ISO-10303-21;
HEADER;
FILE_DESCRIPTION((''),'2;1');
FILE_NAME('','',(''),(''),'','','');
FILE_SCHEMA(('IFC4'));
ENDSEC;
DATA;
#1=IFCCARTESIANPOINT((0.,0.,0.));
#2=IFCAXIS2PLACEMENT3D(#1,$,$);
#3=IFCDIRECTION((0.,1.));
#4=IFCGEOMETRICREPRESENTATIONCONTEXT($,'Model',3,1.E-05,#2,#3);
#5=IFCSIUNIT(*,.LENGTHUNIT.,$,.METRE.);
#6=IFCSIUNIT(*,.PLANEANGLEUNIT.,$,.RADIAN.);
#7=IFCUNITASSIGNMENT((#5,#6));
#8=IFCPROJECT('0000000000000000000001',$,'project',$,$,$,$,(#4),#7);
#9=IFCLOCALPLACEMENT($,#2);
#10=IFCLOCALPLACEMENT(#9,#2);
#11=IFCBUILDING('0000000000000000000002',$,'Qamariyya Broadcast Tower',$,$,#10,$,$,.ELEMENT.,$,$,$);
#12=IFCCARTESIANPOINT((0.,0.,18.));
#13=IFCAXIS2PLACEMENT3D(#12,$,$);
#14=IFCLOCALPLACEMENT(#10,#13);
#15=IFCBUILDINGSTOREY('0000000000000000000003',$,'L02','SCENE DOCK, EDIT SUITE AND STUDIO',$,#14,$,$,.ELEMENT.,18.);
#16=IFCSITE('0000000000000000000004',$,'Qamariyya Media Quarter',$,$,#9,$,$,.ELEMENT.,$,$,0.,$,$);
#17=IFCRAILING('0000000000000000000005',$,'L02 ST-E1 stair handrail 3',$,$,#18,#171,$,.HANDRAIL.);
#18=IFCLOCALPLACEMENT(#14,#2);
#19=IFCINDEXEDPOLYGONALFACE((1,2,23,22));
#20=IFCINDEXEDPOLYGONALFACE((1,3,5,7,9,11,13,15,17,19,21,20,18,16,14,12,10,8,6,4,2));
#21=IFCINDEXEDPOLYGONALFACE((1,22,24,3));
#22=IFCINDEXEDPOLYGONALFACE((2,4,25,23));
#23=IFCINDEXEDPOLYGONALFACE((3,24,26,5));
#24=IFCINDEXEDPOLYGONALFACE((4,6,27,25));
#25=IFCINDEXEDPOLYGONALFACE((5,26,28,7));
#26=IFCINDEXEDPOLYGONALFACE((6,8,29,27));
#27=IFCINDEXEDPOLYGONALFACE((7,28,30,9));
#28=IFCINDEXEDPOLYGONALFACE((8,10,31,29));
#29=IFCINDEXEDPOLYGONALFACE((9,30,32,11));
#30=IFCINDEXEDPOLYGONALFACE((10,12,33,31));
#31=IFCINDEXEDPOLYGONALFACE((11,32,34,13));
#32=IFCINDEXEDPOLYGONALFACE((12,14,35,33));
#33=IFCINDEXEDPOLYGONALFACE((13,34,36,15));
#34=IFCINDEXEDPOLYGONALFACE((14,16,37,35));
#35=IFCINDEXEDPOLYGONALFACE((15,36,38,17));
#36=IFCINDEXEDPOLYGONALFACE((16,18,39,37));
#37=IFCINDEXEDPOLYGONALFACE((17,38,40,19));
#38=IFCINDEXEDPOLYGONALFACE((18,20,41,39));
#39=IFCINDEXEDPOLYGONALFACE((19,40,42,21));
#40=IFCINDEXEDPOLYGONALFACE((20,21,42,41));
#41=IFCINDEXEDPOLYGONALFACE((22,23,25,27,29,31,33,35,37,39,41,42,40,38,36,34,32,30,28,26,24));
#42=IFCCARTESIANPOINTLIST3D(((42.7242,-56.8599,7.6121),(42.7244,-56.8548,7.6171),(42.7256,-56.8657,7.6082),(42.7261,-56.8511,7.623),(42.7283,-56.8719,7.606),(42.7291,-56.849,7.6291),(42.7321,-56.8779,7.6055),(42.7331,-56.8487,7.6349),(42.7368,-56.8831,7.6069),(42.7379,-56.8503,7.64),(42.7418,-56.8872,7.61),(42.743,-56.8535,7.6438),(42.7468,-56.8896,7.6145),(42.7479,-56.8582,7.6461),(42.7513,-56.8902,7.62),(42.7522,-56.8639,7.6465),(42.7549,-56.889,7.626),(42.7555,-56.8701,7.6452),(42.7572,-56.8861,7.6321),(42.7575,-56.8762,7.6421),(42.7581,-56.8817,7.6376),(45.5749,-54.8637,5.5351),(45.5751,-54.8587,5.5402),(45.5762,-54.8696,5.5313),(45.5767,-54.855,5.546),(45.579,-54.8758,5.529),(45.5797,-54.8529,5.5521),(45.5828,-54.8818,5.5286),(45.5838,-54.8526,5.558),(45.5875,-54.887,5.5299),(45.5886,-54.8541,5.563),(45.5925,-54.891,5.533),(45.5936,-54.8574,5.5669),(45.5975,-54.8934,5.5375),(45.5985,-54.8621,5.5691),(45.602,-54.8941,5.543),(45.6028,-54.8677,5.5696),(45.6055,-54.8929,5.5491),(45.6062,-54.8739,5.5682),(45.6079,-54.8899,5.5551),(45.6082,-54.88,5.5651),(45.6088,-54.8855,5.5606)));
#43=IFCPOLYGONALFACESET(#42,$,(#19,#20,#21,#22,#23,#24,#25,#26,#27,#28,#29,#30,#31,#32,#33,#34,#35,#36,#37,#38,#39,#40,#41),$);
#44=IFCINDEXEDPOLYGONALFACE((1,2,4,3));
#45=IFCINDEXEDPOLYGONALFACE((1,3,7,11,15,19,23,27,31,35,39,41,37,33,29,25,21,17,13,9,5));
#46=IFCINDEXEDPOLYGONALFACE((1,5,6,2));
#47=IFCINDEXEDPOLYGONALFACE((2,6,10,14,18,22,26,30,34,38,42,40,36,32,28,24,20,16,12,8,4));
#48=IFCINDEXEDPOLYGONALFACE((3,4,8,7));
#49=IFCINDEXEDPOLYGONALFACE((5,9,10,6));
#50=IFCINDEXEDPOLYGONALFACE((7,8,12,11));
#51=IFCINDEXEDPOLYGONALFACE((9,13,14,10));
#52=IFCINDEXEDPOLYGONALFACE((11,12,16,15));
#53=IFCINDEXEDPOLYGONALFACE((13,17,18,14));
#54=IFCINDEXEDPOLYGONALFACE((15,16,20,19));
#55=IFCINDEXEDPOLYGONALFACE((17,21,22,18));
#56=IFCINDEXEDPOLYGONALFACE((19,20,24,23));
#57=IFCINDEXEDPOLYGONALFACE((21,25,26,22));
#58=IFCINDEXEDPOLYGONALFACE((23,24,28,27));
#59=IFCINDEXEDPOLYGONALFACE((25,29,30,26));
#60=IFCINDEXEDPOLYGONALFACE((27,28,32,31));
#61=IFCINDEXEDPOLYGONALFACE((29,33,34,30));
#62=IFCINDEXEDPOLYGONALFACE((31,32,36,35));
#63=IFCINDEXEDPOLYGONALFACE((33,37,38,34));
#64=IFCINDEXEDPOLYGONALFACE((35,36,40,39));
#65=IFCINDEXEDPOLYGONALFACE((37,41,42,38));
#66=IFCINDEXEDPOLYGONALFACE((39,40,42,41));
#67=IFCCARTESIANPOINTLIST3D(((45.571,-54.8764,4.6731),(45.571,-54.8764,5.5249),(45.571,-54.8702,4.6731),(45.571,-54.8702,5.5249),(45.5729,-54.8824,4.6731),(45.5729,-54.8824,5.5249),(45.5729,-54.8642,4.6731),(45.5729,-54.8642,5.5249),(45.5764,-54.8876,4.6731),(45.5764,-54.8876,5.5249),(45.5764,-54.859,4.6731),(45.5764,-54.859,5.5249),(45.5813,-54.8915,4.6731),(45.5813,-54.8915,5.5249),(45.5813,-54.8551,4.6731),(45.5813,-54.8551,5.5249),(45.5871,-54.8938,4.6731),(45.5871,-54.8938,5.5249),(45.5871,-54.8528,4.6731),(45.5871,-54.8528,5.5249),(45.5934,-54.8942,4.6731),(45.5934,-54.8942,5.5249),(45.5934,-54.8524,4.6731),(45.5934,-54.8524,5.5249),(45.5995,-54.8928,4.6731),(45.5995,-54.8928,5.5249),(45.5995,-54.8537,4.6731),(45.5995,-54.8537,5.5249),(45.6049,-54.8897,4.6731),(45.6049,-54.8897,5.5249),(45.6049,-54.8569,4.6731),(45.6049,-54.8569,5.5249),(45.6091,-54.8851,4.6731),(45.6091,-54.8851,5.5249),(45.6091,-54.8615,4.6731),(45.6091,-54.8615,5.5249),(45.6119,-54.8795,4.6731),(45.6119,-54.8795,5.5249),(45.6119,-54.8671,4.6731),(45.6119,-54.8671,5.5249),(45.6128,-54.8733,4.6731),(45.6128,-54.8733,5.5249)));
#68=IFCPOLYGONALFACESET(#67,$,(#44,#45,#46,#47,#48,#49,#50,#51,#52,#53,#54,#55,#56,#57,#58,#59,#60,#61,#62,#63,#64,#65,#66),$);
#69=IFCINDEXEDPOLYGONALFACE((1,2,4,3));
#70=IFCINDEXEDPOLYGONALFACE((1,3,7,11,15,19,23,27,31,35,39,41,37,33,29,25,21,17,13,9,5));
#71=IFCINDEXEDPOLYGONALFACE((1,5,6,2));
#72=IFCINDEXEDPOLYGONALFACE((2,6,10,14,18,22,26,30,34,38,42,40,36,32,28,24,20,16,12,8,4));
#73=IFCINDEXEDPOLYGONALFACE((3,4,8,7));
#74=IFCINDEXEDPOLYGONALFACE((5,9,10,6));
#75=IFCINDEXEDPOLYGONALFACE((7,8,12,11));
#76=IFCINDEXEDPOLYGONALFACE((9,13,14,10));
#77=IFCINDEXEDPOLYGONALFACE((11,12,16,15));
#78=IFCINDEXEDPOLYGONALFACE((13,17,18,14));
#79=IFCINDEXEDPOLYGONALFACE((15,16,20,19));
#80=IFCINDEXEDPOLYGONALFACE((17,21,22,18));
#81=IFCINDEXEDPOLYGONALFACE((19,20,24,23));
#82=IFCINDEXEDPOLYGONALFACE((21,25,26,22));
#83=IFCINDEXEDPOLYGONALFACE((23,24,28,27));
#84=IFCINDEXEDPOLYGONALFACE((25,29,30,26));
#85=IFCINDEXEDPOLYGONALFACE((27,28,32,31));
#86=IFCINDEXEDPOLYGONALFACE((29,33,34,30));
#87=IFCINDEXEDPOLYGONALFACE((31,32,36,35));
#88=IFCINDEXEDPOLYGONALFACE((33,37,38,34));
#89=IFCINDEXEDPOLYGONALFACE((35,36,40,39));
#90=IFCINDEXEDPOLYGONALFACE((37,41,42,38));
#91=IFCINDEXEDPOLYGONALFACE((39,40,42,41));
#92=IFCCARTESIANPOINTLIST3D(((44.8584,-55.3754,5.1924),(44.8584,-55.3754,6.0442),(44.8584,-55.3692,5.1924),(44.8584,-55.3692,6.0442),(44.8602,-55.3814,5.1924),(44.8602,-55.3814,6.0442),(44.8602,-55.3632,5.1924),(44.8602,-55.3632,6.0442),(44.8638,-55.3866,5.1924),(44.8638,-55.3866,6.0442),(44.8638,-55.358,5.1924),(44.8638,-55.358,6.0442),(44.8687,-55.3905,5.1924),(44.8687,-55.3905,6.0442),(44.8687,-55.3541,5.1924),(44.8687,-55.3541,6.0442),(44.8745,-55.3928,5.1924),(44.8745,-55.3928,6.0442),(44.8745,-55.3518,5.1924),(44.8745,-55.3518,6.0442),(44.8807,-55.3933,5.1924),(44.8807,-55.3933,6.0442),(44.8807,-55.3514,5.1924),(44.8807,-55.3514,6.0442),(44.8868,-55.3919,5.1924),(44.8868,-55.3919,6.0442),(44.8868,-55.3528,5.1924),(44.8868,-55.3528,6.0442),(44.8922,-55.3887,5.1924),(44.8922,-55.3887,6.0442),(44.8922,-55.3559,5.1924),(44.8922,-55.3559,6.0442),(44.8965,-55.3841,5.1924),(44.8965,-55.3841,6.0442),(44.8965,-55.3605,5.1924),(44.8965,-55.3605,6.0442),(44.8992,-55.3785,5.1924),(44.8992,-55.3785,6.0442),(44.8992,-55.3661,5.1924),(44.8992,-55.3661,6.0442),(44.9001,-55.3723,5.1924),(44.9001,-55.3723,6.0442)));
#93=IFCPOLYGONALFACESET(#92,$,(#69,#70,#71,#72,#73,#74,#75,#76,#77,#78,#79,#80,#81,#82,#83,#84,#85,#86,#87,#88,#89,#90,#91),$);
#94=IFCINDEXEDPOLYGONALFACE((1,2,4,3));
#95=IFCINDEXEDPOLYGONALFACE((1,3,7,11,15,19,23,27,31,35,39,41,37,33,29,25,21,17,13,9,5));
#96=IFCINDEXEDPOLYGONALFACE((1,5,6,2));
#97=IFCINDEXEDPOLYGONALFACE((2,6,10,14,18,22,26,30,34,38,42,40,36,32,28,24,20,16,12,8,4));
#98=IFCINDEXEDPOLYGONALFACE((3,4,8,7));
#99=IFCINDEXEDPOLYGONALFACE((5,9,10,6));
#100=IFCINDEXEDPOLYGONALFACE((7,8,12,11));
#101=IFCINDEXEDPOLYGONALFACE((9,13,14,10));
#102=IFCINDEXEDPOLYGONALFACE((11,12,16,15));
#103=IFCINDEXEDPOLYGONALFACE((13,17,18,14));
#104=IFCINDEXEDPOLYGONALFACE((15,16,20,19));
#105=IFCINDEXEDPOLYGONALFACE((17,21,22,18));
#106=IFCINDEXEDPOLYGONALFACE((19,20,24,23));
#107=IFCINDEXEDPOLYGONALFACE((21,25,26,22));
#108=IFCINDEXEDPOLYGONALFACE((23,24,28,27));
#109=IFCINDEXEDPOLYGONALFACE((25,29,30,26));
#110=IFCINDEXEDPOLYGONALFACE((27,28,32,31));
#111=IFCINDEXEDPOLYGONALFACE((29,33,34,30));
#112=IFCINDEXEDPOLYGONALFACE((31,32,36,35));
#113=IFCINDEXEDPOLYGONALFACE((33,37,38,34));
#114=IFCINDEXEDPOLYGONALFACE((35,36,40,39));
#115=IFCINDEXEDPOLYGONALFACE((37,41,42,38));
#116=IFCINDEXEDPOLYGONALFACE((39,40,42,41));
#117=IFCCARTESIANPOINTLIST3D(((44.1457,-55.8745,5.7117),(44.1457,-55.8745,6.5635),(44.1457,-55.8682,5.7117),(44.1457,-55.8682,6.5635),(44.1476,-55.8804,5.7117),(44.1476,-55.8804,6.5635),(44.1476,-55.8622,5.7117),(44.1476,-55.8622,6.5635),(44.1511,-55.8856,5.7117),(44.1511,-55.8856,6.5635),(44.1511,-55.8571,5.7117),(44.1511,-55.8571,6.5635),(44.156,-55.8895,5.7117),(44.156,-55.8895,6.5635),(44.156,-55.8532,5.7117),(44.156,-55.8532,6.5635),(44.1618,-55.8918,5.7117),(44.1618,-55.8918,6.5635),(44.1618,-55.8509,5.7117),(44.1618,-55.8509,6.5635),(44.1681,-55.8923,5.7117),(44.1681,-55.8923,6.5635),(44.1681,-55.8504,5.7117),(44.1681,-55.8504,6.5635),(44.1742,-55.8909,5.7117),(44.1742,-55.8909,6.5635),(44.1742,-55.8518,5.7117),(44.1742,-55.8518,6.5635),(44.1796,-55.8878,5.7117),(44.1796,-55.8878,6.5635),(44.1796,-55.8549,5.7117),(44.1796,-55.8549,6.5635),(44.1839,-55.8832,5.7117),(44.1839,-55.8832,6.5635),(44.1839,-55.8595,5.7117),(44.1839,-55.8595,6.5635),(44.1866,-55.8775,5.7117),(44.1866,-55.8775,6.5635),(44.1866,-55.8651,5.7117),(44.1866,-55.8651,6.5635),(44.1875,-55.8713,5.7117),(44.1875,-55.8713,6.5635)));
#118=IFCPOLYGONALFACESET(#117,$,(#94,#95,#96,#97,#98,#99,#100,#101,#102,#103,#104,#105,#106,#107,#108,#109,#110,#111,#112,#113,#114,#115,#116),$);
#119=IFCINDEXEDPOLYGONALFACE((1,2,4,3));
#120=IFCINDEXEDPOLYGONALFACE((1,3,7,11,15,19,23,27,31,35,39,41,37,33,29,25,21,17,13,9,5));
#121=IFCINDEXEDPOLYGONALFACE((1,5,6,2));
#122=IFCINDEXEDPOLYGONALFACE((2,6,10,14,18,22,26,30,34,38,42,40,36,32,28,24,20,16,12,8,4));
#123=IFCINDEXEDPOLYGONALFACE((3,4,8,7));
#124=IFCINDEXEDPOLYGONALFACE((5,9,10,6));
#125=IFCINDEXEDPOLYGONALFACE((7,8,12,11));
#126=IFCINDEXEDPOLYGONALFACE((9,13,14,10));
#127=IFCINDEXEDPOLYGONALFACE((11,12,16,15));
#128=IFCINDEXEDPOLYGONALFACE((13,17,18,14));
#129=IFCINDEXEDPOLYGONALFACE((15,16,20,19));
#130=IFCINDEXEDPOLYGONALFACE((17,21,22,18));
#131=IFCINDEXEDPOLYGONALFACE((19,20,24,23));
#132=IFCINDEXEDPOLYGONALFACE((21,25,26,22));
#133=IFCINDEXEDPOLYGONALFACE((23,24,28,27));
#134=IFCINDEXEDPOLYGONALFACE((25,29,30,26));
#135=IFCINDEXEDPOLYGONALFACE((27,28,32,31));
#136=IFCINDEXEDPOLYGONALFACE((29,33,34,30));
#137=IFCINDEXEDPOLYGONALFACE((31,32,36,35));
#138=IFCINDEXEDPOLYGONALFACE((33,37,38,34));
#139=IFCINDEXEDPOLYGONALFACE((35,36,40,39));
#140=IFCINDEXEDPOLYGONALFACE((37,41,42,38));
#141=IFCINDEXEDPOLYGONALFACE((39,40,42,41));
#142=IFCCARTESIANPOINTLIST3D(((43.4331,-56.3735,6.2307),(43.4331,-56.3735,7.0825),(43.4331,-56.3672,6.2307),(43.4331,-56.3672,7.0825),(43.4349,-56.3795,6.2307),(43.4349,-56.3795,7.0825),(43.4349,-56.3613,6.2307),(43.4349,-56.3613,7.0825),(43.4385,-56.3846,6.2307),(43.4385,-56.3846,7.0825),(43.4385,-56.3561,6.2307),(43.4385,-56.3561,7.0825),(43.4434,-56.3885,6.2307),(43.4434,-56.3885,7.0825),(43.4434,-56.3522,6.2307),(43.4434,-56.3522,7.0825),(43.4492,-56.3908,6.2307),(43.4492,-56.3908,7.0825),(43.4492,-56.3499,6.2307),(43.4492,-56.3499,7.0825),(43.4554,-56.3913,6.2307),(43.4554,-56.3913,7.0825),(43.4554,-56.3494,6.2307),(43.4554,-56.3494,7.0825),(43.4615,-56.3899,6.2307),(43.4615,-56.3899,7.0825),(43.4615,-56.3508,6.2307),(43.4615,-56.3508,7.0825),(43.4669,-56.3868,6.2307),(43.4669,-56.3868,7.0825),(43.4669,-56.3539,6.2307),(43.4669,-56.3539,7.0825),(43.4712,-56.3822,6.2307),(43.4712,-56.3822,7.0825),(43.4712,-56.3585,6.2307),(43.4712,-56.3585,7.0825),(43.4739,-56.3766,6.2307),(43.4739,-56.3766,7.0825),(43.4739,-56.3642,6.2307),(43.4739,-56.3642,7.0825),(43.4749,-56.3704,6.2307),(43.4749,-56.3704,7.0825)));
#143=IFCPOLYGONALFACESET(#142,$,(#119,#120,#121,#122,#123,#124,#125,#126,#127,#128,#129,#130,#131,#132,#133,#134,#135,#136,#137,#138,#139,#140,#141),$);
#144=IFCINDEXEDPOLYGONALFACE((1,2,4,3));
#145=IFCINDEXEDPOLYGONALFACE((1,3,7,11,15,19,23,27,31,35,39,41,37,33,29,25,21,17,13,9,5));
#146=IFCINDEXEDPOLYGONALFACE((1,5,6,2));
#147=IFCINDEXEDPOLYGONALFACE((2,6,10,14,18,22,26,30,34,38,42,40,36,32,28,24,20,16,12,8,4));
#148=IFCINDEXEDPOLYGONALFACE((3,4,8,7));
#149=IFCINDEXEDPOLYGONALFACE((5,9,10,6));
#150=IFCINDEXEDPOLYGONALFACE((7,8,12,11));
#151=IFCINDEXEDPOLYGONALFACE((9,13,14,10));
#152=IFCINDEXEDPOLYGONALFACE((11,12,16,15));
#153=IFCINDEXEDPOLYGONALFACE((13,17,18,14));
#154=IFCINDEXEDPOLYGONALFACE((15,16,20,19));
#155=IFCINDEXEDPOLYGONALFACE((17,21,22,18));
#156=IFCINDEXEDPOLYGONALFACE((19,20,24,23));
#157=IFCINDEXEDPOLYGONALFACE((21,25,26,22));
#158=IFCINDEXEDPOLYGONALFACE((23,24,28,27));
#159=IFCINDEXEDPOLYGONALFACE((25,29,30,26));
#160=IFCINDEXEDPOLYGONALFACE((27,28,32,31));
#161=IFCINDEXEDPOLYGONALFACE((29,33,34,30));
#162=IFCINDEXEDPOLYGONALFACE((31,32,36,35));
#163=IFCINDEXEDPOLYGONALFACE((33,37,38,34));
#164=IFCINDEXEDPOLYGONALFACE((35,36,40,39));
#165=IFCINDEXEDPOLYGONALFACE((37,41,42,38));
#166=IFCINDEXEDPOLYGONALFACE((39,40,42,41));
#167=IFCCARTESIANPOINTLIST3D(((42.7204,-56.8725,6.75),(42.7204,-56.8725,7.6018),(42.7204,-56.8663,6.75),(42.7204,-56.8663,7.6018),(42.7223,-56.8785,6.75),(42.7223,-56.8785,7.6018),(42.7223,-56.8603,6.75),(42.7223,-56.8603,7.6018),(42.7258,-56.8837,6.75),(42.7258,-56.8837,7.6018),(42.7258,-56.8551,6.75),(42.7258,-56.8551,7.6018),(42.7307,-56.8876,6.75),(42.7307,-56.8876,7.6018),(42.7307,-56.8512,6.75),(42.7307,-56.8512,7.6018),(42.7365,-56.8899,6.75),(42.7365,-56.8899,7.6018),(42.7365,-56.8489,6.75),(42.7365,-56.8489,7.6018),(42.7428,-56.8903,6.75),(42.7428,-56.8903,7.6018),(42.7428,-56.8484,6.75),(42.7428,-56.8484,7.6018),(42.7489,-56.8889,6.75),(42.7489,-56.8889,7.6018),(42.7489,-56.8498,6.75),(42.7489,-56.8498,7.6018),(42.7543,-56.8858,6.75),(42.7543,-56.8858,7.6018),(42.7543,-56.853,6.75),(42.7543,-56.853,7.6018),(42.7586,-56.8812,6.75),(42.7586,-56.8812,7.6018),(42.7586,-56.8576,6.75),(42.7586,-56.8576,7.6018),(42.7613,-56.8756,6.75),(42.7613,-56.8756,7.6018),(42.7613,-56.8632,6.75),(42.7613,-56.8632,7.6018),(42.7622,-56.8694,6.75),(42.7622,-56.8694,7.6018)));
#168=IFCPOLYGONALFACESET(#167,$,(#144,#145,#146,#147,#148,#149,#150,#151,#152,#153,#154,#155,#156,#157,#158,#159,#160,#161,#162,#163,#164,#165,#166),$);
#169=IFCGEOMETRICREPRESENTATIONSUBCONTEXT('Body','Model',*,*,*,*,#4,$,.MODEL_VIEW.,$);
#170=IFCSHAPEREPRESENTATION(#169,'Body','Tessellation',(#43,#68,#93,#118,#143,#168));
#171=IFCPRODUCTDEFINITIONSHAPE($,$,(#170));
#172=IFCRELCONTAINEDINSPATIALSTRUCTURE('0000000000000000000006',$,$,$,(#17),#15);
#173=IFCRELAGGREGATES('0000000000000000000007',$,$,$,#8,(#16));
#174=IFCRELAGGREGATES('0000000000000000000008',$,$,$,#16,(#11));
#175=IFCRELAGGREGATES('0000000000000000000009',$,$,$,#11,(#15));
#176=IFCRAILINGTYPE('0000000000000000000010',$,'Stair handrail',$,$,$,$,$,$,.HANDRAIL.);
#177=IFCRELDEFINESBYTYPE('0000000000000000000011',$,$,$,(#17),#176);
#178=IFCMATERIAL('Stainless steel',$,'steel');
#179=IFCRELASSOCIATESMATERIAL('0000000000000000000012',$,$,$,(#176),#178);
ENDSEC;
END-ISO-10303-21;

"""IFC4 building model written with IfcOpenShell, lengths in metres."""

from ifc_helpers import new_model, si_unit, direction, frame, origin, origin_2d, place, context, subcontext, project, spatial, circle, extrude, material, type_object, element, save


model = new_model("IFC4")

# Units and contexts
model_context = context("Model", 3, precision=1e-05, world=origin(), true_north=direction((0.0, 1.0)))
body_context = subcontext(model_context, "Body", "Model", "MODEL_VIEW")
ifc_project = project(units=[si_unit("LENGTHUNIT", "METRE"), si_unit("PLANEANGLEUNIT", "RADIAN")], contexts=[model_context])

# Site, building, storey
site_placement = place(None, origin())
site = spatial("IfcSite", under=ifc_project, at=site_placement, Name="Qamariyya Media Quarter", CompositionType="ELEMENT", RefElevation=0.0)
building_placement = place(site_placement, origin())
building = spatial("IfcBuilding", under=site, at=building_placement, Name="Qamariyya Broadcast Tower", CompositionType="ELEMENT")
storey_placement = place(building_placement, frame((0.0, 0.0, 18.0)))
storey = spatial("IfcBuildingStorey", under=building, at=storey_placement, Name="L02", Description="SCENE DOCK, EDIT SUITE AND STUDIO", CompositionType="ELEMENT", Elevation=18.0)

# Railing
ifc_material_1 = material(Name="Stainless steel", Category="steel")
railing_type_1 = type_object("IfcRailingType", Name="Stair handrail", PredefinedType="HANDRAIL", material=ifc_material_1)
railing_1_placement = place(storey_placement, frame((45.5918, -54.8733, 4.6731)))
element("IfcRailing", 1, at=railing_1_placement, inside=storey, type_object=railing_type_1, Name="L02 ST-E1 stair handrail 3", PredefinedType="HANDRAIL", context=body_context, shape_type="SweptSolid", body=[
    extrude(circle(Radius=0.0239, at=origin_2d()), frame((0.0, 0.0, 0.876), z_axis=(-0.703393, -0.492544, 0.512484), x_axis=(0.573594, -0.81914, 0.0)), (0.0, 0.0, 1.0), 4.0527),
    extrude(circle(Radius=0.021, at=origin_2d()), origin(), (0.0, 0.0, 1.0), 0.8518),
    extrude(circle(Radius=0.021, at=origin_2d()), frame((-0.7126, -0.499, 0.5193)), (0.0, 0.0, 1.0), 0.8518),
    extrude(circle(Radius=0.021, at=origin_2d()), frame((-1.4253, -0.998, 1.0386)), (0.0, 0.0, 1.0), 0.8518),
    extrude(circle(Radius=0.021, at=origin_2d()), frame((-2.1379, -1.4971, 1.5576)), (0.0, 0.0, 1.0), 0.8518),
    extrude(circle(Radius=0.021, at=origin_2d()), frame((-2.8506, -1.9961, 2.0769)), (0.0, 0.0, 1.0), 0.8518),
])

save(model, "model.ifc")
